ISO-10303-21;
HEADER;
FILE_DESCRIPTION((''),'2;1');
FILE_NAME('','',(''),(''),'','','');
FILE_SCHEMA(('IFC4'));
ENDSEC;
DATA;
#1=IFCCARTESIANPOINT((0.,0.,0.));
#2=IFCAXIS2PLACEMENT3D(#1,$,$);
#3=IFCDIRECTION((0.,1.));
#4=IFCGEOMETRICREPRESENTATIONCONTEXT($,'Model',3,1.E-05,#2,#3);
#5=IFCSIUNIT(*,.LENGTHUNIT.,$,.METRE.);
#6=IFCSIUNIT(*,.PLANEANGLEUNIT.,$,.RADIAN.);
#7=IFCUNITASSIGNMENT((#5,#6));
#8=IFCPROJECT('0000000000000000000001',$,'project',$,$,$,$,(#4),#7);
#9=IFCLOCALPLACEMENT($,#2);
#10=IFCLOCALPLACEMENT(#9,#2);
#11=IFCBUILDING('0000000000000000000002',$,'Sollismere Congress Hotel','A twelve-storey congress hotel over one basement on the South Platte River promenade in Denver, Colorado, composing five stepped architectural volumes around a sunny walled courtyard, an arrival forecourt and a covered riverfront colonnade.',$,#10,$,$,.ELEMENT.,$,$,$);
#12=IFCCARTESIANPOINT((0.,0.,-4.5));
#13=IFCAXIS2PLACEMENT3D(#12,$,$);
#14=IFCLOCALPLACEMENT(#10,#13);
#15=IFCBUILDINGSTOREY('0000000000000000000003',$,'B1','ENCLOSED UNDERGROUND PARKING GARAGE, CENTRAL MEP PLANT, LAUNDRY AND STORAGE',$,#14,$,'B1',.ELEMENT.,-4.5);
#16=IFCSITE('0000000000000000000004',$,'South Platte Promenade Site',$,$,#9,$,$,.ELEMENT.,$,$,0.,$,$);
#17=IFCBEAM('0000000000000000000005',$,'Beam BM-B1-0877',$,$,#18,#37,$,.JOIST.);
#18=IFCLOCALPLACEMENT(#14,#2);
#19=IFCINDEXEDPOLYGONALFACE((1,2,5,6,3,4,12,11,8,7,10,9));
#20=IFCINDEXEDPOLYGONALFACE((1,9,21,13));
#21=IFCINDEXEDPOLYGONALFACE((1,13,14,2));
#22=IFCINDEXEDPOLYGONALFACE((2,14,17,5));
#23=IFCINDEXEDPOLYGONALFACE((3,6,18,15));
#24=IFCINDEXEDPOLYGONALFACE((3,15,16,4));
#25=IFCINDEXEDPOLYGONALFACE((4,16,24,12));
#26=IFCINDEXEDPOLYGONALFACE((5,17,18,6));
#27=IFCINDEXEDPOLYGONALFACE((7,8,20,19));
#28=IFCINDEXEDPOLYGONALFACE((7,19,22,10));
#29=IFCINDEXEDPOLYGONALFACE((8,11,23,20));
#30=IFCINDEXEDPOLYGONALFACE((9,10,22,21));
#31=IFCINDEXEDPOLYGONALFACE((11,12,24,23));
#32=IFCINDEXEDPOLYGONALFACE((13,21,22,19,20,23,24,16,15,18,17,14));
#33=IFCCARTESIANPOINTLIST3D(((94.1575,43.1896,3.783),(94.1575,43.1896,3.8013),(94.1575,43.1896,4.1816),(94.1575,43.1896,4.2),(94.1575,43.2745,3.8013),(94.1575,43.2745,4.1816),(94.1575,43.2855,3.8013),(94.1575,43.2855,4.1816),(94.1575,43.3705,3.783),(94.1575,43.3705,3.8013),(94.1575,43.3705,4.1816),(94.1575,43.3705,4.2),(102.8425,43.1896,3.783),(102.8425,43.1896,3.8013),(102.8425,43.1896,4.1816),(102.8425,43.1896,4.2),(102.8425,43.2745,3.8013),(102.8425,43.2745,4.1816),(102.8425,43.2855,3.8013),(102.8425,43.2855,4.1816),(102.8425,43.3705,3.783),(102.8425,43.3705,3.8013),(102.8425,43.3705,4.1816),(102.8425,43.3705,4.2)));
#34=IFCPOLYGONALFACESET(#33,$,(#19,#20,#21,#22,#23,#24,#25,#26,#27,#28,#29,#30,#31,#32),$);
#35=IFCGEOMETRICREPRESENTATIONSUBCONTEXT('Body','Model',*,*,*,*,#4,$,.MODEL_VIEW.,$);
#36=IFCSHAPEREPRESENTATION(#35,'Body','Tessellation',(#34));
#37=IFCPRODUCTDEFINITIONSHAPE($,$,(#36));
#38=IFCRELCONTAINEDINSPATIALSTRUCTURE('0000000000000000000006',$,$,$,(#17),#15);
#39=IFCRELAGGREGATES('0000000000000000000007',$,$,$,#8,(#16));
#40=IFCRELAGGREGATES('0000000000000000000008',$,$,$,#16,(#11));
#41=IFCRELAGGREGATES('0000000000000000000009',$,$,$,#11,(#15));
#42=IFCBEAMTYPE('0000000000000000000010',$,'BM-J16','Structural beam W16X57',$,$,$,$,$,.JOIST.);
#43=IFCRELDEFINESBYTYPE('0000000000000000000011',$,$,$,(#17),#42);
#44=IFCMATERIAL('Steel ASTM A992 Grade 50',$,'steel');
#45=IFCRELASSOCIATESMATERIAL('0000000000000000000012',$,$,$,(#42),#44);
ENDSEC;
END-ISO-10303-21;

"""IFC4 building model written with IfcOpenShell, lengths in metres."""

from ifc_helpers import new_model, si_unit, direction, frame, origin, origin_2d, place, context, subcontext, project, spatial, i_section, extrude, material, material_profile, profile_set, type_object, element, save


model = new_model("IFC4")

# Units and contexts
model_context = context("Model", 3, precision=1e-05, world=origin(), true_north=direction((0.0, 1.0)))
body_context = subcontext(model_context, "Body", "Model", "MODEL_VIEW")
ifc_project = project(units=[si_unit("LENGTHUNIT", "METRE"), si_unit("PLANEANGLEUNIT", "RADIAN")], contexts=[model_context])

# Site, building, storey
site_placement = place(None, origin())
site = spatial("IfcSite", under=ifc_project, at=site_placement, Name="South Platte Promenade Site", CompositionType="ELEMENT", RefElevation=0.0)
building_placement = place(site_placement, origin())
building = spatial("IfcBuilding", under=site, at=building_placement, Name="Sollismere Congress Hotel", Description="A twelve-storey congress hotel over one basement on the South Platte River promenade in Denver, Colorado, composing five stepped architectural volumes around a sunny walled courtyard, an arrival forecourt and a covered riverfront colonnade.", CompositionType="ELEMENT")
storey_placement = place(building_placement, frame((0.0, 0.0, -4.5)))
storey = spatial("IfcBuildingStorey", under=building, at=storey_placement, Name="B1", Description="ENCLOSED UNDERGROUND PARKING GARAGE, CENTRAL MEP PLANT, LAUNDRY AND STORAGE", LongName="B1", CompositionType="ELEMENT", Elevation=-4.5)

# Beam
ifc_material_1 = material(Name="Steel ASTM A992 Grade 50", Category="steel")
ifc_material_profile_1 = material_profile(ifc_material_1, i_section(OverallWidth=0.1809, OverallDepth=0.417, WebThickness=0.011, FlangeThickness=0.0183, at=origin_2d()), Name="W16X57")
ifc_profile_set_1 = profile_set([ifc_material_profile_1], Name="Steel ASTM A992 Grade 50")
beam_type_1 = type_object("IfcBeamType", Name="BM-J16", Description="Structural beam W16X57", PredefinedType="JOIST", material=ifc_profile_set_1)
for number, where, z_axis, x_axis, name in (
    (1, (94.1575, 43.28, 3.9915), (1.0, 0.0, 0.0), (0.0, 1.0, 0.0), "Beam BM-B1-0877"),
):
    element("IfcBeam", number, at=place(storey_placement, frame(where, z_axis=z_axis, x_axis=x_axis)), inside=storey, type_object=beam_type_1, Name=name, PredefinedType="JOIST", context=body_context, shape_type="SweptSolid", body=[
        extrude(i_section(OverallWidth=0.1809, OverallDepth=0.417, WebThickness=0.011, FlangeThickness=0.0183, at=origin_2d()), origin(), (0.0, 0.0, 1.0), 8.6851),
    ])

save(model, "model.ifc")
